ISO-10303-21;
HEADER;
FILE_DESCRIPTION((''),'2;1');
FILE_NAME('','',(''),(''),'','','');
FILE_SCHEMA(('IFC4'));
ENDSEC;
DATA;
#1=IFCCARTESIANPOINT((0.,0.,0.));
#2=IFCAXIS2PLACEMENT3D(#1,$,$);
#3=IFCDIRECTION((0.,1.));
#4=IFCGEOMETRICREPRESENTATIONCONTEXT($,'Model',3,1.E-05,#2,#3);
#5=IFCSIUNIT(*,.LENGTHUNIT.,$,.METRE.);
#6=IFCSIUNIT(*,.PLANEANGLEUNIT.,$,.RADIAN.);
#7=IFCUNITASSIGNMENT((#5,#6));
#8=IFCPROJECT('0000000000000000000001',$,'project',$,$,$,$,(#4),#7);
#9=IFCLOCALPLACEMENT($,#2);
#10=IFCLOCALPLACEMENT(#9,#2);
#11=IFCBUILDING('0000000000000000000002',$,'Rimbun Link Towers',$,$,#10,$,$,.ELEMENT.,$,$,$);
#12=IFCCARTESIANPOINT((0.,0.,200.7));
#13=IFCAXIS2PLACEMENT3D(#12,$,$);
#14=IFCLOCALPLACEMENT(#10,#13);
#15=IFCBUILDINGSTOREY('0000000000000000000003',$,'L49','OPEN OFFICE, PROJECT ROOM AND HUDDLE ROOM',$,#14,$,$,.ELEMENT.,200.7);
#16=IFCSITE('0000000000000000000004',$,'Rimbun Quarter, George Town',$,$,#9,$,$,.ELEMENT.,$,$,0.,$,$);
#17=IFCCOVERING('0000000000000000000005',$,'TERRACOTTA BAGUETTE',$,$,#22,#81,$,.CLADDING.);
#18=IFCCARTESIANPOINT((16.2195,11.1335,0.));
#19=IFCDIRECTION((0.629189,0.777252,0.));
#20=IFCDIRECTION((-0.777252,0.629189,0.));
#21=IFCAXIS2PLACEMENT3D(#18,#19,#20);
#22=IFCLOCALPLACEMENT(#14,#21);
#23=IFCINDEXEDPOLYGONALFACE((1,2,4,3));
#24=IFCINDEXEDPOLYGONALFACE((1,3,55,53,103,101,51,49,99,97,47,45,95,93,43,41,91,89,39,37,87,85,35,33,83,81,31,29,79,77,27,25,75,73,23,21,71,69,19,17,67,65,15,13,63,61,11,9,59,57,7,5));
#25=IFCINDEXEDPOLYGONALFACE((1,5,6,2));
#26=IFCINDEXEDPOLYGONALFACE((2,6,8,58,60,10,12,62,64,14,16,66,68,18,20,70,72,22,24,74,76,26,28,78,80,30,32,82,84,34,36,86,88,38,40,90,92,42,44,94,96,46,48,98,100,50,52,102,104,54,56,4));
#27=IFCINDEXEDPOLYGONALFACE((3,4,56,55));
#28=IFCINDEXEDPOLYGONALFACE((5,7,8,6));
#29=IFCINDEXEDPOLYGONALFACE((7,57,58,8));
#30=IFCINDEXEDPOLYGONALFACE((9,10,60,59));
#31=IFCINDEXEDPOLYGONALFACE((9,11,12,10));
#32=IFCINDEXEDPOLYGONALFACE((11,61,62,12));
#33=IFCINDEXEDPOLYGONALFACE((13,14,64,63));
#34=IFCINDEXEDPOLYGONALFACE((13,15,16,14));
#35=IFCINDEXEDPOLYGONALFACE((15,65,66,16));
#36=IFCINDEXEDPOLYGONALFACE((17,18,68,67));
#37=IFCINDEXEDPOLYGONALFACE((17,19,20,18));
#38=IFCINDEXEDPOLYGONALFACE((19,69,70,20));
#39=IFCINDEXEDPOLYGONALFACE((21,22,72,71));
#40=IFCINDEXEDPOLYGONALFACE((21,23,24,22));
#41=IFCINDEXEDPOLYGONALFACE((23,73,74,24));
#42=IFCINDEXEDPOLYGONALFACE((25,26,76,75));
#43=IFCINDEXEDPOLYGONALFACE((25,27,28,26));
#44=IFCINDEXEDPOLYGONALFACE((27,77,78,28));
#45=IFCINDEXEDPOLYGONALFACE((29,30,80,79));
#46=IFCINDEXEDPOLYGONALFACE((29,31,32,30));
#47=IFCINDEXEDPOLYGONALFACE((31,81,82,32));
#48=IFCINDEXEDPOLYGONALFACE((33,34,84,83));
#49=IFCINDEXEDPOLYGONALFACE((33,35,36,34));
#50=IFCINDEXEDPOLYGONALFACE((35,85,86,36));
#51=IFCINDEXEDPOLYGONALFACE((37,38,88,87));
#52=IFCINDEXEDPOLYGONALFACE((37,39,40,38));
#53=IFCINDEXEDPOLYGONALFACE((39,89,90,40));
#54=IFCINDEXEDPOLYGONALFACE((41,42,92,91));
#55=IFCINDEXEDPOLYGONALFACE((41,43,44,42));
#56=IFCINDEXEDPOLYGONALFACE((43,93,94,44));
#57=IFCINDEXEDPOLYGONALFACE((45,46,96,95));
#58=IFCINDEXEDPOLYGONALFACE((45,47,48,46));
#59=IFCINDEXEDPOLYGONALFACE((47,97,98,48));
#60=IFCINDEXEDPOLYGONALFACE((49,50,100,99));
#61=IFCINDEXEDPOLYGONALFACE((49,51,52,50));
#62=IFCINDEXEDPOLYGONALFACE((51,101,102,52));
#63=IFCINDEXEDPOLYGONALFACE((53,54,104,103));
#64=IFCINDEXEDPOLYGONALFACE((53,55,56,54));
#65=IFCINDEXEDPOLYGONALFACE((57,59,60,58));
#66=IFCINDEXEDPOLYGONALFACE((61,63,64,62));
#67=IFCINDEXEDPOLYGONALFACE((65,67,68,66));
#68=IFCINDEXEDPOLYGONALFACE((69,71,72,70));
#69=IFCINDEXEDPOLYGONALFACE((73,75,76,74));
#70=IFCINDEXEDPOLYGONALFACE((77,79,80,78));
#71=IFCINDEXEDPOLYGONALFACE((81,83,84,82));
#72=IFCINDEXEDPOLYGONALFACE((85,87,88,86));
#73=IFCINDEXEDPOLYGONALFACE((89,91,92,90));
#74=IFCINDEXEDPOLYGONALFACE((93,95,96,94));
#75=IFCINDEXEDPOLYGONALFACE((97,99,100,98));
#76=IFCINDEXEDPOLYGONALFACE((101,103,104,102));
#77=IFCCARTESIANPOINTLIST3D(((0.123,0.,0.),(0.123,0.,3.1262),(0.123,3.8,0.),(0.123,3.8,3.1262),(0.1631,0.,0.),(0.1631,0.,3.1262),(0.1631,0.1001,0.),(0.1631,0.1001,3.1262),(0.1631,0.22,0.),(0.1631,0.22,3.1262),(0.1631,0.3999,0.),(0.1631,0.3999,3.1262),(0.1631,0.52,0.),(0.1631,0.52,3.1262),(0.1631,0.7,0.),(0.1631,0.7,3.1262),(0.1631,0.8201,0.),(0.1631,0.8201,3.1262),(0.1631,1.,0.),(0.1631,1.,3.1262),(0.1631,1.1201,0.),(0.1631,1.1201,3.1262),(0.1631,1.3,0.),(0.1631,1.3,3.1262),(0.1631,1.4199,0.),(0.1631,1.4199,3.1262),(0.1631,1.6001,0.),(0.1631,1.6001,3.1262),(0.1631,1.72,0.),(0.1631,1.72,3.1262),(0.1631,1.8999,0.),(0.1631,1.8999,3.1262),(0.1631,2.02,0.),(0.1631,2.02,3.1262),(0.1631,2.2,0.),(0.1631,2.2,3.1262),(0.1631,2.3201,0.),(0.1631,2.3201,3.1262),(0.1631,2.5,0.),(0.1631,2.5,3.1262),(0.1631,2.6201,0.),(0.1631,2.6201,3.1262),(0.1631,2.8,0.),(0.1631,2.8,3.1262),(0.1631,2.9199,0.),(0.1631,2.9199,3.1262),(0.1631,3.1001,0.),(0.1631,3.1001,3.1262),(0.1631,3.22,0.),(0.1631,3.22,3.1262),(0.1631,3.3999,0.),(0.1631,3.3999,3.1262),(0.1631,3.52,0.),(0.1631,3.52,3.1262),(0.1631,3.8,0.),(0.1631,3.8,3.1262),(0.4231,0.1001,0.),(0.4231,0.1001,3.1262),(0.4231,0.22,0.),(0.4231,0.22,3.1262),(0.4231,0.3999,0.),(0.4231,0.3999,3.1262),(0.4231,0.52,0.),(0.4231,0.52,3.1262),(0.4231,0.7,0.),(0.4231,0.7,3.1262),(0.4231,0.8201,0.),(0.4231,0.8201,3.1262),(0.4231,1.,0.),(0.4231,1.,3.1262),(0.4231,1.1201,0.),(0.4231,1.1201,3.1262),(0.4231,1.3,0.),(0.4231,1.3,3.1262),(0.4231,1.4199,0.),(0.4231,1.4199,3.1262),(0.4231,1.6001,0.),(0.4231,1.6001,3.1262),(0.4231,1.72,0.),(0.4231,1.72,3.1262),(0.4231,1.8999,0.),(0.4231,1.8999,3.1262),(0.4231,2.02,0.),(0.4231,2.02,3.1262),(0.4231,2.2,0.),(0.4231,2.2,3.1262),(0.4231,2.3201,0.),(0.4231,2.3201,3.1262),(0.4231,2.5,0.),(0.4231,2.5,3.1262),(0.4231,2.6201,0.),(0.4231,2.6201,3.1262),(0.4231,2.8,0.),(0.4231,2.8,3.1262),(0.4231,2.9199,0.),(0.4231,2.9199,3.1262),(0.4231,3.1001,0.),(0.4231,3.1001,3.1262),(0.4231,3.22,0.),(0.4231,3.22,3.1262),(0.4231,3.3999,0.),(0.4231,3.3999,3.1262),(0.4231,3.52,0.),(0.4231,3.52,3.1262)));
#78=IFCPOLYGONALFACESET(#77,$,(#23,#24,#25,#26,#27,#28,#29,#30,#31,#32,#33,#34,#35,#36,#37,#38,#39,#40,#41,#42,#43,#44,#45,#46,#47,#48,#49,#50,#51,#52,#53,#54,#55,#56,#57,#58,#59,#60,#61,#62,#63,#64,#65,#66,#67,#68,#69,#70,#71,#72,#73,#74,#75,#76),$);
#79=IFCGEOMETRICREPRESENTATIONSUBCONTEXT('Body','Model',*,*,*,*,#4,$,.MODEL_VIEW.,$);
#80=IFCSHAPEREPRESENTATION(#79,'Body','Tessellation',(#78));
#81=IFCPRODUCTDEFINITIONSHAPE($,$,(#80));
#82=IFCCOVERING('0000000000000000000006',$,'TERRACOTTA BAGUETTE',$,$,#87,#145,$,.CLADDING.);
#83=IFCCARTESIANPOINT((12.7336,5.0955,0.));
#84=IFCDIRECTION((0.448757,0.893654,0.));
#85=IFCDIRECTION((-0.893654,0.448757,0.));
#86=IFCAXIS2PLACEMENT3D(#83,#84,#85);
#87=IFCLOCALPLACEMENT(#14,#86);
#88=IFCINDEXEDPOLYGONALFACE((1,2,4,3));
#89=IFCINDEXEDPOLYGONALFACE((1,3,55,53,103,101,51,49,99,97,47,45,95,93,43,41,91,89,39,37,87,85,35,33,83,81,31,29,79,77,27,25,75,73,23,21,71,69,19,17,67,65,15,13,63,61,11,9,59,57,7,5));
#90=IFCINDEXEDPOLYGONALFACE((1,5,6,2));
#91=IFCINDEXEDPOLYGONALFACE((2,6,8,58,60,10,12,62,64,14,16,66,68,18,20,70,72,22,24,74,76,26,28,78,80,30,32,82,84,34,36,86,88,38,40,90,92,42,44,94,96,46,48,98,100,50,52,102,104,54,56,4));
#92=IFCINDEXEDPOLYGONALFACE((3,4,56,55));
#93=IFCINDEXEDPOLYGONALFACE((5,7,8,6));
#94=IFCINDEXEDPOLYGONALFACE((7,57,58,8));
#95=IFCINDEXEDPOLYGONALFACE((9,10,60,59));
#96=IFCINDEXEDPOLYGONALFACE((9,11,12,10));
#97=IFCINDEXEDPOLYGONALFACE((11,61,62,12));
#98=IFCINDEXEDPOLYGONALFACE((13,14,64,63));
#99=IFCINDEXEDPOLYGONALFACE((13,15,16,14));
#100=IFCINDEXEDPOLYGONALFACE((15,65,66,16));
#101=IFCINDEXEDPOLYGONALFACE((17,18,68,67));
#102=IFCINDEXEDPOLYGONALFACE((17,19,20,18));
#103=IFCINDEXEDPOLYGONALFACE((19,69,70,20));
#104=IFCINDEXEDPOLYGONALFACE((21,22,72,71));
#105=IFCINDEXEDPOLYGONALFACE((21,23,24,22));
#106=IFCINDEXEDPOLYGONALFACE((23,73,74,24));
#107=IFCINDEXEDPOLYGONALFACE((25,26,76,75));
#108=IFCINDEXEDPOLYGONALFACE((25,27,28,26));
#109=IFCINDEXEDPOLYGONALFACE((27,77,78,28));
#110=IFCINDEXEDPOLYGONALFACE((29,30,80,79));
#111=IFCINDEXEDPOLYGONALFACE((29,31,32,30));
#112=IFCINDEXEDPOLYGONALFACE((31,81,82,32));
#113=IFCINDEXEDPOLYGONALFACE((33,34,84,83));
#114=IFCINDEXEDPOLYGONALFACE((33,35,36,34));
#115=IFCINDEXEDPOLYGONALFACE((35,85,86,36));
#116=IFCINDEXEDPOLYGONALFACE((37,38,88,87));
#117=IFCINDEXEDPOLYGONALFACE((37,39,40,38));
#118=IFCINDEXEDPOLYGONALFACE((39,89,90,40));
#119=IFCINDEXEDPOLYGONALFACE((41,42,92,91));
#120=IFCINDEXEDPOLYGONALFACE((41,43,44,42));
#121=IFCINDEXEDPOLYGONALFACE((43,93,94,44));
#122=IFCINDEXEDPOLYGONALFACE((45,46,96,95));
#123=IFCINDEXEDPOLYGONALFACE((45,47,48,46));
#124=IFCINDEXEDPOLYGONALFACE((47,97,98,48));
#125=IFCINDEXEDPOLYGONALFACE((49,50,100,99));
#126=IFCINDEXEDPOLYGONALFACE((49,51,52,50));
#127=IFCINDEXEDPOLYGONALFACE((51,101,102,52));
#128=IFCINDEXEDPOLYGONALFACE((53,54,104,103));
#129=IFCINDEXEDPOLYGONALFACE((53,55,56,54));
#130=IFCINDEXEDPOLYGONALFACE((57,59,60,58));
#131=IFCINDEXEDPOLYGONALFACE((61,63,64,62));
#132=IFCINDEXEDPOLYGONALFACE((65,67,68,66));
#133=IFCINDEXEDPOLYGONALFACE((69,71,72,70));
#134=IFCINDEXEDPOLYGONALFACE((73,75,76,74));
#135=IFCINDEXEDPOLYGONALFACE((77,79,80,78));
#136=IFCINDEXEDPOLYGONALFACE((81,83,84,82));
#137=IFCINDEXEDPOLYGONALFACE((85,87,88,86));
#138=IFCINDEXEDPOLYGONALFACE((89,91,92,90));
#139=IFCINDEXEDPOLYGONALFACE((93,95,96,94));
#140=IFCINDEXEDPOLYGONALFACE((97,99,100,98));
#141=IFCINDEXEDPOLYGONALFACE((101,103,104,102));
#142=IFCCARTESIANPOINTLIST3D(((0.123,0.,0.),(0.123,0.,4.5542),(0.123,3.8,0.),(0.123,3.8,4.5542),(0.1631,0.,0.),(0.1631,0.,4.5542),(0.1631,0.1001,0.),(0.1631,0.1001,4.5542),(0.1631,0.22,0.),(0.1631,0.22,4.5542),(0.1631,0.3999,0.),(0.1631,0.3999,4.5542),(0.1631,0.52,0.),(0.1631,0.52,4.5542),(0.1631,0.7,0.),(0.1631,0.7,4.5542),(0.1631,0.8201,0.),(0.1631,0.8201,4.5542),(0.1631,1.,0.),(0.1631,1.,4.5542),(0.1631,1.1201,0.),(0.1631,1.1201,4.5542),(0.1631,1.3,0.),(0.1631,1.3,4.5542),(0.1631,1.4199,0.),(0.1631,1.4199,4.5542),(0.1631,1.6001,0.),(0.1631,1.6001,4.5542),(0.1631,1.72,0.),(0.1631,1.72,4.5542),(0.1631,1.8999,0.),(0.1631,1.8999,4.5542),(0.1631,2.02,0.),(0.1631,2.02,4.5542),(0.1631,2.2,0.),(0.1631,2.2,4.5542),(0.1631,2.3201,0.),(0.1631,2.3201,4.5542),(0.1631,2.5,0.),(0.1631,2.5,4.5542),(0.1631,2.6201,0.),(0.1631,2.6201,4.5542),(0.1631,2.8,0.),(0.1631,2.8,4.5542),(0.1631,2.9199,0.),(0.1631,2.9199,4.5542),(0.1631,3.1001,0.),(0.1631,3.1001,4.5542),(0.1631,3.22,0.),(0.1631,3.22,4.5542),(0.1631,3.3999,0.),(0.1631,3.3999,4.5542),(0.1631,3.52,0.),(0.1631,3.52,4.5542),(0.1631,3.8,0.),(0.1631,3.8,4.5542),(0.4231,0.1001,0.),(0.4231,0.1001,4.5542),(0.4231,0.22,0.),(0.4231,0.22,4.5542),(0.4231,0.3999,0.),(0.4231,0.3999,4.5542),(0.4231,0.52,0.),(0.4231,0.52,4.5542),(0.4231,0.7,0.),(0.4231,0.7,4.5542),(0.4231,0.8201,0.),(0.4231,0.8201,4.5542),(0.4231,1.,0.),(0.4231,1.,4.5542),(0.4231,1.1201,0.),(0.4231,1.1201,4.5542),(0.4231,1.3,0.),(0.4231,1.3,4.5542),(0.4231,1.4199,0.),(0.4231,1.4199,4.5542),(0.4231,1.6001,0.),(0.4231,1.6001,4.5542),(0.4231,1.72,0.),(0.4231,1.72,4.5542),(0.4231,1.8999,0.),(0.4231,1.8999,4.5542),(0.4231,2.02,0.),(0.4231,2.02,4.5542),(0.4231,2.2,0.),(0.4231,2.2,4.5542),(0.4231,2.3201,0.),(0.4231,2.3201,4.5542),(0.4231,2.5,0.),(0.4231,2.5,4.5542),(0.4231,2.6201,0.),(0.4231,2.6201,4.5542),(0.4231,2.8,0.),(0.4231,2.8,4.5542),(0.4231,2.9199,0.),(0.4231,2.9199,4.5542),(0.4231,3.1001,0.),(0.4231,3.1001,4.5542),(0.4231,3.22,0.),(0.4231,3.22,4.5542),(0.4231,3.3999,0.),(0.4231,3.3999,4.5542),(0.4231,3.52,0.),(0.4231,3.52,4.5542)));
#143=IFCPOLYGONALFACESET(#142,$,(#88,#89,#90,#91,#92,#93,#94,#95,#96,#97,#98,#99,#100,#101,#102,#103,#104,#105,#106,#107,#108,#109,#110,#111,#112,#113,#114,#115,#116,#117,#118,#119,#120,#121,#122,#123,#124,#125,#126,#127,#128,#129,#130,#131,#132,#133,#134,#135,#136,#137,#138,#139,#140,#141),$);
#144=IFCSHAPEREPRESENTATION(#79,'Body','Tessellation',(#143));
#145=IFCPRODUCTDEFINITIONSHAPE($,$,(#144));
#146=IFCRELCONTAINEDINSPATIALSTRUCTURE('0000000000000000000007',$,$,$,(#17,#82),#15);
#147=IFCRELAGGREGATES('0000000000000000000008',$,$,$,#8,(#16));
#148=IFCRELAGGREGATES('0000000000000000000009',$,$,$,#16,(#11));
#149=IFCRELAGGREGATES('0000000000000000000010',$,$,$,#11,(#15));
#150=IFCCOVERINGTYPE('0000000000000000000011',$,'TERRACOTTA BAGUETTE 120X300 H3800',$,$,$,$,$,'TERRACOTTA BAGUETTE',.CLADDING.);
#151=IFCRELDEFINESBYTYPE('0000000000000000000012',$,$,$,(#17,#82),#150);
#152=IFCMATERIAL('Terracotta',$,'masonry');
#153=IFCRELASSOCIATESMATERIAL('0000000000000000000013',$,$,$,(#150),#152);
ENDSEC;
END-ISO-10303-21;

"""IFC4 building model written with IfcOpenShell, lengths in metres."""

from ifc_helpers import new_model, si_unit, direction, frame, origin, place, context, subcontext, project, spatial, polyline, outline, extrude, material, material_profile, profile_set, type_object, element, save


model = new_model("IFC4")

# Units and contexts
model_context = context("Model", 3, precision=1e-05, world=origin(), true_north=direction((0.0, 1.0)))
body_context = subcontext(model_context, "Body", "Model", "MODEL_VIEW")
ifc_project = project(units=[si_unit("LENGTHUNIT", "METRE"), si_unit("PLANEANGLEUNIT", "RADIAN")], contexts=[model_context])

# Site, building, storey
site_placement = place(None, origin())
site = spatial("IfcSite", under=ifc_project, at=site_placement, Name="Rimbun Quarter, George Town", CompositionType="ELEMENT", RefElevation=0.0)
building_placement = place(site_placement, origin())
building = spatial("IfcBuilding", under=site, at=building_placement, Name="Rimbun Link Towers", CompositionType="ELEMENT")
storey_placement = place(building_placement, frame((0.0, 0.0, 200.7)))
storey = spatial("IfcBuildingStorey", under=building, at=storey_placement, Name="L49", Description="OPEN OFFICE, PROJECT ROOM AND HUDDLE ROOM", CompositionType="ELEMENT", Elevation=200.7)

# Coverings
ifc_material_1 = material(Name="Terracotta", Category="masonry")
ifc_material_profile_1 = material_profile(ifc_material_1, outline(polyline([(0.123, 0.0), (0.1631, 0.0), (0.1631, 0.1001), (0.4231, 0.1001), (0.4231, 0.22), (0.1631, 0.22), (0.1631, 0.3999), (0.4231, 0.3999), (0.4231, 0.52), (0.1631, 0.52), (0.1631, 0.7), (0.4231, 0.7), (0.4231, 0.8201), (0.1631, 0.8201), (0.1631, 1.0), (0.4231, 1.0), (0.4231, 1.1201), (0.1631, 1.1201), (0.1631, 1.3), (0.4231, 1.3), (0.4231, 1.4199), (0.1631, 1.4199), (0.1631, 1.6001), (0.4231, 1.6001), (0.4231, 1.72), (0.1631, 1.72), (0.1631, 1.8999), (0.4231, 1.8999), (0.4231, 2.02), (0.1631, 2.02), (0.1631, 2.2), (0.4231, 2.2), (0.4231, 2.3201), (0.1631, 2.3201), (0.1631, 2.5), (0.4231, 2.5), (0.4231, 2.6201), (0.1631, 2.6201), (0.1631, 2.8), (0.4231, 2.8), (0.4231, 2.9199), (0.1631, 2.9199), (0.1631, 3.1001), (0.4231, 3.1001), (0.4231, 3.22), (0.1631, 3.22), (0.1631, 3.3999), (0.4231, 3.3999), (0.4231, 3.52), (0.1631, 3.52), (0.1631, 3.8), (0.123, 3.8), (0.123, 0.0)])), Name="BAGUETTE 120X300")
ifc_profile_set_1 = profile_set([ifc_material_profile_1], Name="Terracotta")
covering_type_1 = type_object("IfcCoveringType", Name="TERRACOTTA BAGUETTE 120X300 H3800", ElementType="TERRACOTTA BAGUETTE", PredefinedType="CLADDING", material=ifc_profile_set_1)
covering_1_placement = place(storey_placement, frame((16.2195, 11.1335, 0.0), z_axis=(0.629189, 0.777252, 0.0), x_axis=(-0.777252, 0.629189, 0.0)))
element("IfcCovering", 1, at=covering_1_placement, inside=storey, type_object=covering_type_1, Name="TERRACOTTA BAGUETTE", PredefinedType="CLADDING", context=body_context, shape_type="SweptSolid", body=[
    extrude(outline(polyline([(0.123, 0.0), (0.1631, 0.0), (0.1631, 0.1001), (0.4231, 0.1001), (0.4231, 0.22), (0.1631, 0.22), (0.1631, 0.3999), (0.4231, 0.3999), (0.4231, 0.52), (0.1631, 0.52), (0.1631, 0.7), (0.4231, 0.7), (0.4231, 0.8201), (0.1631, 0.8201), (0.1631, 1.0), (0.4231, 1.0), (0.4231, 1.1201), (0.1631, 1.1201), (0.1631, 1.3), (0.4231, 1.3), (0.4231, 1.4199), (0.1631, 1.4199), (0.1631, 1.6001), (0.4231, 1.6001), (0.4231, 1.72), (0.1631, 1.72), (0.1631, 1.8999), (0.4231, 1.8999), (0.4231, 2.02), (0.1631, 2.02), (0.1631, 2.2), (0.4231, 2.2), (0.4231, 2.3201), (0.1631, 2.3201), (0.1631, 2.5), (0.4231, 2.5), (0.4231, 2.6201), (0.1631, 2.6201), (0.1631, 2.8), (0.4231, 2.8), (0.4231, 2.9199), (0.1631, 2.9199), (0.1631, 3.1001), (0.4231, 3.1001), (0.4231, 3.22), (0.1631, 3.22), (0.1631, 3.3999), (0.4231, 3.3999), (0.4231, 3.52), (0.1631, 3.52), (0.1631, 3.8), (0.123, 3.8), (0.123, 0.0)])), origin(), (0.0, 0.0, 1.0), 3.1262),
])
covering_2_placement = place(storey_placement, frame((12.7336, 5.0955, 0.0), z_axis=(0.448757, 0.893654, 0.0), x_axis=(-0.893654, 0.448757, 0.0)))
element("IfcCovering", 2, at=covering_2_placement, inside=storey, type_object=covering_type_1, Name="TERRACOTTA BAGUETTE", PredefinedType="CLADDING", context=body_context, shape_type="SweptSolid", body=[
    extrude(outline(polyline([(0.123, 0.0), (0.1631, 0.0), (0.1631, 0.1001), (0.4231, 0.1001), (0.4231, 0.22), (0.1631, 0.22), (0.1631, 0.3999), (0.4231, 0.3999), (0.4231, 0.52), (0.1631, 0.52), (0.1631, 0.7), (0.4231, 0.7), (0.4231, 0.8201), (0.1631, 0.8201), (0.1631, 1.0), (0.4231, 1.0), (0.4231, 1.1201), (0.1631, 1.1201), (0.1631, 1.3), (0.4231, 1.3), (0.4231, 1.4199), (0.1631, 1.4199), (0.1631, 1.6001), (0.4231, 1.6001), (0.4231, 1.72), (0.1631, 1.72), (0.1631, 1.8999), (0.4231, 1.8999), (0.4231, 2.02), (0.1631, 2.02), (0.1631, 2.2), (0.4231, 2.2), (0.4231, 2.3201), (0.1631, 2.3201), (0.1631, 2.5), (0.4231, 2.5), (0.4231, 2.6201), (0.1631, 2.6201), (0.1631, 2.8), (0.4231, 2.8), (0.4231, 2.9199), (0.1631, 2.9199), (0.1631, 3.1001), (0.4231, 3.1001), (0.4231, 3.22), (0.1631, 3.22), (0.1631, 3.3999), (0.4231, 3.3999), (0.4231, 3.52), (0.1631, 3.52), (0.1631, 3.8), (0.123, 3.8), (0.123, 0.0)])), origin(), (0.0, 0.0, 1.0), 4.5542),
])

save(model, "model.ifc")
